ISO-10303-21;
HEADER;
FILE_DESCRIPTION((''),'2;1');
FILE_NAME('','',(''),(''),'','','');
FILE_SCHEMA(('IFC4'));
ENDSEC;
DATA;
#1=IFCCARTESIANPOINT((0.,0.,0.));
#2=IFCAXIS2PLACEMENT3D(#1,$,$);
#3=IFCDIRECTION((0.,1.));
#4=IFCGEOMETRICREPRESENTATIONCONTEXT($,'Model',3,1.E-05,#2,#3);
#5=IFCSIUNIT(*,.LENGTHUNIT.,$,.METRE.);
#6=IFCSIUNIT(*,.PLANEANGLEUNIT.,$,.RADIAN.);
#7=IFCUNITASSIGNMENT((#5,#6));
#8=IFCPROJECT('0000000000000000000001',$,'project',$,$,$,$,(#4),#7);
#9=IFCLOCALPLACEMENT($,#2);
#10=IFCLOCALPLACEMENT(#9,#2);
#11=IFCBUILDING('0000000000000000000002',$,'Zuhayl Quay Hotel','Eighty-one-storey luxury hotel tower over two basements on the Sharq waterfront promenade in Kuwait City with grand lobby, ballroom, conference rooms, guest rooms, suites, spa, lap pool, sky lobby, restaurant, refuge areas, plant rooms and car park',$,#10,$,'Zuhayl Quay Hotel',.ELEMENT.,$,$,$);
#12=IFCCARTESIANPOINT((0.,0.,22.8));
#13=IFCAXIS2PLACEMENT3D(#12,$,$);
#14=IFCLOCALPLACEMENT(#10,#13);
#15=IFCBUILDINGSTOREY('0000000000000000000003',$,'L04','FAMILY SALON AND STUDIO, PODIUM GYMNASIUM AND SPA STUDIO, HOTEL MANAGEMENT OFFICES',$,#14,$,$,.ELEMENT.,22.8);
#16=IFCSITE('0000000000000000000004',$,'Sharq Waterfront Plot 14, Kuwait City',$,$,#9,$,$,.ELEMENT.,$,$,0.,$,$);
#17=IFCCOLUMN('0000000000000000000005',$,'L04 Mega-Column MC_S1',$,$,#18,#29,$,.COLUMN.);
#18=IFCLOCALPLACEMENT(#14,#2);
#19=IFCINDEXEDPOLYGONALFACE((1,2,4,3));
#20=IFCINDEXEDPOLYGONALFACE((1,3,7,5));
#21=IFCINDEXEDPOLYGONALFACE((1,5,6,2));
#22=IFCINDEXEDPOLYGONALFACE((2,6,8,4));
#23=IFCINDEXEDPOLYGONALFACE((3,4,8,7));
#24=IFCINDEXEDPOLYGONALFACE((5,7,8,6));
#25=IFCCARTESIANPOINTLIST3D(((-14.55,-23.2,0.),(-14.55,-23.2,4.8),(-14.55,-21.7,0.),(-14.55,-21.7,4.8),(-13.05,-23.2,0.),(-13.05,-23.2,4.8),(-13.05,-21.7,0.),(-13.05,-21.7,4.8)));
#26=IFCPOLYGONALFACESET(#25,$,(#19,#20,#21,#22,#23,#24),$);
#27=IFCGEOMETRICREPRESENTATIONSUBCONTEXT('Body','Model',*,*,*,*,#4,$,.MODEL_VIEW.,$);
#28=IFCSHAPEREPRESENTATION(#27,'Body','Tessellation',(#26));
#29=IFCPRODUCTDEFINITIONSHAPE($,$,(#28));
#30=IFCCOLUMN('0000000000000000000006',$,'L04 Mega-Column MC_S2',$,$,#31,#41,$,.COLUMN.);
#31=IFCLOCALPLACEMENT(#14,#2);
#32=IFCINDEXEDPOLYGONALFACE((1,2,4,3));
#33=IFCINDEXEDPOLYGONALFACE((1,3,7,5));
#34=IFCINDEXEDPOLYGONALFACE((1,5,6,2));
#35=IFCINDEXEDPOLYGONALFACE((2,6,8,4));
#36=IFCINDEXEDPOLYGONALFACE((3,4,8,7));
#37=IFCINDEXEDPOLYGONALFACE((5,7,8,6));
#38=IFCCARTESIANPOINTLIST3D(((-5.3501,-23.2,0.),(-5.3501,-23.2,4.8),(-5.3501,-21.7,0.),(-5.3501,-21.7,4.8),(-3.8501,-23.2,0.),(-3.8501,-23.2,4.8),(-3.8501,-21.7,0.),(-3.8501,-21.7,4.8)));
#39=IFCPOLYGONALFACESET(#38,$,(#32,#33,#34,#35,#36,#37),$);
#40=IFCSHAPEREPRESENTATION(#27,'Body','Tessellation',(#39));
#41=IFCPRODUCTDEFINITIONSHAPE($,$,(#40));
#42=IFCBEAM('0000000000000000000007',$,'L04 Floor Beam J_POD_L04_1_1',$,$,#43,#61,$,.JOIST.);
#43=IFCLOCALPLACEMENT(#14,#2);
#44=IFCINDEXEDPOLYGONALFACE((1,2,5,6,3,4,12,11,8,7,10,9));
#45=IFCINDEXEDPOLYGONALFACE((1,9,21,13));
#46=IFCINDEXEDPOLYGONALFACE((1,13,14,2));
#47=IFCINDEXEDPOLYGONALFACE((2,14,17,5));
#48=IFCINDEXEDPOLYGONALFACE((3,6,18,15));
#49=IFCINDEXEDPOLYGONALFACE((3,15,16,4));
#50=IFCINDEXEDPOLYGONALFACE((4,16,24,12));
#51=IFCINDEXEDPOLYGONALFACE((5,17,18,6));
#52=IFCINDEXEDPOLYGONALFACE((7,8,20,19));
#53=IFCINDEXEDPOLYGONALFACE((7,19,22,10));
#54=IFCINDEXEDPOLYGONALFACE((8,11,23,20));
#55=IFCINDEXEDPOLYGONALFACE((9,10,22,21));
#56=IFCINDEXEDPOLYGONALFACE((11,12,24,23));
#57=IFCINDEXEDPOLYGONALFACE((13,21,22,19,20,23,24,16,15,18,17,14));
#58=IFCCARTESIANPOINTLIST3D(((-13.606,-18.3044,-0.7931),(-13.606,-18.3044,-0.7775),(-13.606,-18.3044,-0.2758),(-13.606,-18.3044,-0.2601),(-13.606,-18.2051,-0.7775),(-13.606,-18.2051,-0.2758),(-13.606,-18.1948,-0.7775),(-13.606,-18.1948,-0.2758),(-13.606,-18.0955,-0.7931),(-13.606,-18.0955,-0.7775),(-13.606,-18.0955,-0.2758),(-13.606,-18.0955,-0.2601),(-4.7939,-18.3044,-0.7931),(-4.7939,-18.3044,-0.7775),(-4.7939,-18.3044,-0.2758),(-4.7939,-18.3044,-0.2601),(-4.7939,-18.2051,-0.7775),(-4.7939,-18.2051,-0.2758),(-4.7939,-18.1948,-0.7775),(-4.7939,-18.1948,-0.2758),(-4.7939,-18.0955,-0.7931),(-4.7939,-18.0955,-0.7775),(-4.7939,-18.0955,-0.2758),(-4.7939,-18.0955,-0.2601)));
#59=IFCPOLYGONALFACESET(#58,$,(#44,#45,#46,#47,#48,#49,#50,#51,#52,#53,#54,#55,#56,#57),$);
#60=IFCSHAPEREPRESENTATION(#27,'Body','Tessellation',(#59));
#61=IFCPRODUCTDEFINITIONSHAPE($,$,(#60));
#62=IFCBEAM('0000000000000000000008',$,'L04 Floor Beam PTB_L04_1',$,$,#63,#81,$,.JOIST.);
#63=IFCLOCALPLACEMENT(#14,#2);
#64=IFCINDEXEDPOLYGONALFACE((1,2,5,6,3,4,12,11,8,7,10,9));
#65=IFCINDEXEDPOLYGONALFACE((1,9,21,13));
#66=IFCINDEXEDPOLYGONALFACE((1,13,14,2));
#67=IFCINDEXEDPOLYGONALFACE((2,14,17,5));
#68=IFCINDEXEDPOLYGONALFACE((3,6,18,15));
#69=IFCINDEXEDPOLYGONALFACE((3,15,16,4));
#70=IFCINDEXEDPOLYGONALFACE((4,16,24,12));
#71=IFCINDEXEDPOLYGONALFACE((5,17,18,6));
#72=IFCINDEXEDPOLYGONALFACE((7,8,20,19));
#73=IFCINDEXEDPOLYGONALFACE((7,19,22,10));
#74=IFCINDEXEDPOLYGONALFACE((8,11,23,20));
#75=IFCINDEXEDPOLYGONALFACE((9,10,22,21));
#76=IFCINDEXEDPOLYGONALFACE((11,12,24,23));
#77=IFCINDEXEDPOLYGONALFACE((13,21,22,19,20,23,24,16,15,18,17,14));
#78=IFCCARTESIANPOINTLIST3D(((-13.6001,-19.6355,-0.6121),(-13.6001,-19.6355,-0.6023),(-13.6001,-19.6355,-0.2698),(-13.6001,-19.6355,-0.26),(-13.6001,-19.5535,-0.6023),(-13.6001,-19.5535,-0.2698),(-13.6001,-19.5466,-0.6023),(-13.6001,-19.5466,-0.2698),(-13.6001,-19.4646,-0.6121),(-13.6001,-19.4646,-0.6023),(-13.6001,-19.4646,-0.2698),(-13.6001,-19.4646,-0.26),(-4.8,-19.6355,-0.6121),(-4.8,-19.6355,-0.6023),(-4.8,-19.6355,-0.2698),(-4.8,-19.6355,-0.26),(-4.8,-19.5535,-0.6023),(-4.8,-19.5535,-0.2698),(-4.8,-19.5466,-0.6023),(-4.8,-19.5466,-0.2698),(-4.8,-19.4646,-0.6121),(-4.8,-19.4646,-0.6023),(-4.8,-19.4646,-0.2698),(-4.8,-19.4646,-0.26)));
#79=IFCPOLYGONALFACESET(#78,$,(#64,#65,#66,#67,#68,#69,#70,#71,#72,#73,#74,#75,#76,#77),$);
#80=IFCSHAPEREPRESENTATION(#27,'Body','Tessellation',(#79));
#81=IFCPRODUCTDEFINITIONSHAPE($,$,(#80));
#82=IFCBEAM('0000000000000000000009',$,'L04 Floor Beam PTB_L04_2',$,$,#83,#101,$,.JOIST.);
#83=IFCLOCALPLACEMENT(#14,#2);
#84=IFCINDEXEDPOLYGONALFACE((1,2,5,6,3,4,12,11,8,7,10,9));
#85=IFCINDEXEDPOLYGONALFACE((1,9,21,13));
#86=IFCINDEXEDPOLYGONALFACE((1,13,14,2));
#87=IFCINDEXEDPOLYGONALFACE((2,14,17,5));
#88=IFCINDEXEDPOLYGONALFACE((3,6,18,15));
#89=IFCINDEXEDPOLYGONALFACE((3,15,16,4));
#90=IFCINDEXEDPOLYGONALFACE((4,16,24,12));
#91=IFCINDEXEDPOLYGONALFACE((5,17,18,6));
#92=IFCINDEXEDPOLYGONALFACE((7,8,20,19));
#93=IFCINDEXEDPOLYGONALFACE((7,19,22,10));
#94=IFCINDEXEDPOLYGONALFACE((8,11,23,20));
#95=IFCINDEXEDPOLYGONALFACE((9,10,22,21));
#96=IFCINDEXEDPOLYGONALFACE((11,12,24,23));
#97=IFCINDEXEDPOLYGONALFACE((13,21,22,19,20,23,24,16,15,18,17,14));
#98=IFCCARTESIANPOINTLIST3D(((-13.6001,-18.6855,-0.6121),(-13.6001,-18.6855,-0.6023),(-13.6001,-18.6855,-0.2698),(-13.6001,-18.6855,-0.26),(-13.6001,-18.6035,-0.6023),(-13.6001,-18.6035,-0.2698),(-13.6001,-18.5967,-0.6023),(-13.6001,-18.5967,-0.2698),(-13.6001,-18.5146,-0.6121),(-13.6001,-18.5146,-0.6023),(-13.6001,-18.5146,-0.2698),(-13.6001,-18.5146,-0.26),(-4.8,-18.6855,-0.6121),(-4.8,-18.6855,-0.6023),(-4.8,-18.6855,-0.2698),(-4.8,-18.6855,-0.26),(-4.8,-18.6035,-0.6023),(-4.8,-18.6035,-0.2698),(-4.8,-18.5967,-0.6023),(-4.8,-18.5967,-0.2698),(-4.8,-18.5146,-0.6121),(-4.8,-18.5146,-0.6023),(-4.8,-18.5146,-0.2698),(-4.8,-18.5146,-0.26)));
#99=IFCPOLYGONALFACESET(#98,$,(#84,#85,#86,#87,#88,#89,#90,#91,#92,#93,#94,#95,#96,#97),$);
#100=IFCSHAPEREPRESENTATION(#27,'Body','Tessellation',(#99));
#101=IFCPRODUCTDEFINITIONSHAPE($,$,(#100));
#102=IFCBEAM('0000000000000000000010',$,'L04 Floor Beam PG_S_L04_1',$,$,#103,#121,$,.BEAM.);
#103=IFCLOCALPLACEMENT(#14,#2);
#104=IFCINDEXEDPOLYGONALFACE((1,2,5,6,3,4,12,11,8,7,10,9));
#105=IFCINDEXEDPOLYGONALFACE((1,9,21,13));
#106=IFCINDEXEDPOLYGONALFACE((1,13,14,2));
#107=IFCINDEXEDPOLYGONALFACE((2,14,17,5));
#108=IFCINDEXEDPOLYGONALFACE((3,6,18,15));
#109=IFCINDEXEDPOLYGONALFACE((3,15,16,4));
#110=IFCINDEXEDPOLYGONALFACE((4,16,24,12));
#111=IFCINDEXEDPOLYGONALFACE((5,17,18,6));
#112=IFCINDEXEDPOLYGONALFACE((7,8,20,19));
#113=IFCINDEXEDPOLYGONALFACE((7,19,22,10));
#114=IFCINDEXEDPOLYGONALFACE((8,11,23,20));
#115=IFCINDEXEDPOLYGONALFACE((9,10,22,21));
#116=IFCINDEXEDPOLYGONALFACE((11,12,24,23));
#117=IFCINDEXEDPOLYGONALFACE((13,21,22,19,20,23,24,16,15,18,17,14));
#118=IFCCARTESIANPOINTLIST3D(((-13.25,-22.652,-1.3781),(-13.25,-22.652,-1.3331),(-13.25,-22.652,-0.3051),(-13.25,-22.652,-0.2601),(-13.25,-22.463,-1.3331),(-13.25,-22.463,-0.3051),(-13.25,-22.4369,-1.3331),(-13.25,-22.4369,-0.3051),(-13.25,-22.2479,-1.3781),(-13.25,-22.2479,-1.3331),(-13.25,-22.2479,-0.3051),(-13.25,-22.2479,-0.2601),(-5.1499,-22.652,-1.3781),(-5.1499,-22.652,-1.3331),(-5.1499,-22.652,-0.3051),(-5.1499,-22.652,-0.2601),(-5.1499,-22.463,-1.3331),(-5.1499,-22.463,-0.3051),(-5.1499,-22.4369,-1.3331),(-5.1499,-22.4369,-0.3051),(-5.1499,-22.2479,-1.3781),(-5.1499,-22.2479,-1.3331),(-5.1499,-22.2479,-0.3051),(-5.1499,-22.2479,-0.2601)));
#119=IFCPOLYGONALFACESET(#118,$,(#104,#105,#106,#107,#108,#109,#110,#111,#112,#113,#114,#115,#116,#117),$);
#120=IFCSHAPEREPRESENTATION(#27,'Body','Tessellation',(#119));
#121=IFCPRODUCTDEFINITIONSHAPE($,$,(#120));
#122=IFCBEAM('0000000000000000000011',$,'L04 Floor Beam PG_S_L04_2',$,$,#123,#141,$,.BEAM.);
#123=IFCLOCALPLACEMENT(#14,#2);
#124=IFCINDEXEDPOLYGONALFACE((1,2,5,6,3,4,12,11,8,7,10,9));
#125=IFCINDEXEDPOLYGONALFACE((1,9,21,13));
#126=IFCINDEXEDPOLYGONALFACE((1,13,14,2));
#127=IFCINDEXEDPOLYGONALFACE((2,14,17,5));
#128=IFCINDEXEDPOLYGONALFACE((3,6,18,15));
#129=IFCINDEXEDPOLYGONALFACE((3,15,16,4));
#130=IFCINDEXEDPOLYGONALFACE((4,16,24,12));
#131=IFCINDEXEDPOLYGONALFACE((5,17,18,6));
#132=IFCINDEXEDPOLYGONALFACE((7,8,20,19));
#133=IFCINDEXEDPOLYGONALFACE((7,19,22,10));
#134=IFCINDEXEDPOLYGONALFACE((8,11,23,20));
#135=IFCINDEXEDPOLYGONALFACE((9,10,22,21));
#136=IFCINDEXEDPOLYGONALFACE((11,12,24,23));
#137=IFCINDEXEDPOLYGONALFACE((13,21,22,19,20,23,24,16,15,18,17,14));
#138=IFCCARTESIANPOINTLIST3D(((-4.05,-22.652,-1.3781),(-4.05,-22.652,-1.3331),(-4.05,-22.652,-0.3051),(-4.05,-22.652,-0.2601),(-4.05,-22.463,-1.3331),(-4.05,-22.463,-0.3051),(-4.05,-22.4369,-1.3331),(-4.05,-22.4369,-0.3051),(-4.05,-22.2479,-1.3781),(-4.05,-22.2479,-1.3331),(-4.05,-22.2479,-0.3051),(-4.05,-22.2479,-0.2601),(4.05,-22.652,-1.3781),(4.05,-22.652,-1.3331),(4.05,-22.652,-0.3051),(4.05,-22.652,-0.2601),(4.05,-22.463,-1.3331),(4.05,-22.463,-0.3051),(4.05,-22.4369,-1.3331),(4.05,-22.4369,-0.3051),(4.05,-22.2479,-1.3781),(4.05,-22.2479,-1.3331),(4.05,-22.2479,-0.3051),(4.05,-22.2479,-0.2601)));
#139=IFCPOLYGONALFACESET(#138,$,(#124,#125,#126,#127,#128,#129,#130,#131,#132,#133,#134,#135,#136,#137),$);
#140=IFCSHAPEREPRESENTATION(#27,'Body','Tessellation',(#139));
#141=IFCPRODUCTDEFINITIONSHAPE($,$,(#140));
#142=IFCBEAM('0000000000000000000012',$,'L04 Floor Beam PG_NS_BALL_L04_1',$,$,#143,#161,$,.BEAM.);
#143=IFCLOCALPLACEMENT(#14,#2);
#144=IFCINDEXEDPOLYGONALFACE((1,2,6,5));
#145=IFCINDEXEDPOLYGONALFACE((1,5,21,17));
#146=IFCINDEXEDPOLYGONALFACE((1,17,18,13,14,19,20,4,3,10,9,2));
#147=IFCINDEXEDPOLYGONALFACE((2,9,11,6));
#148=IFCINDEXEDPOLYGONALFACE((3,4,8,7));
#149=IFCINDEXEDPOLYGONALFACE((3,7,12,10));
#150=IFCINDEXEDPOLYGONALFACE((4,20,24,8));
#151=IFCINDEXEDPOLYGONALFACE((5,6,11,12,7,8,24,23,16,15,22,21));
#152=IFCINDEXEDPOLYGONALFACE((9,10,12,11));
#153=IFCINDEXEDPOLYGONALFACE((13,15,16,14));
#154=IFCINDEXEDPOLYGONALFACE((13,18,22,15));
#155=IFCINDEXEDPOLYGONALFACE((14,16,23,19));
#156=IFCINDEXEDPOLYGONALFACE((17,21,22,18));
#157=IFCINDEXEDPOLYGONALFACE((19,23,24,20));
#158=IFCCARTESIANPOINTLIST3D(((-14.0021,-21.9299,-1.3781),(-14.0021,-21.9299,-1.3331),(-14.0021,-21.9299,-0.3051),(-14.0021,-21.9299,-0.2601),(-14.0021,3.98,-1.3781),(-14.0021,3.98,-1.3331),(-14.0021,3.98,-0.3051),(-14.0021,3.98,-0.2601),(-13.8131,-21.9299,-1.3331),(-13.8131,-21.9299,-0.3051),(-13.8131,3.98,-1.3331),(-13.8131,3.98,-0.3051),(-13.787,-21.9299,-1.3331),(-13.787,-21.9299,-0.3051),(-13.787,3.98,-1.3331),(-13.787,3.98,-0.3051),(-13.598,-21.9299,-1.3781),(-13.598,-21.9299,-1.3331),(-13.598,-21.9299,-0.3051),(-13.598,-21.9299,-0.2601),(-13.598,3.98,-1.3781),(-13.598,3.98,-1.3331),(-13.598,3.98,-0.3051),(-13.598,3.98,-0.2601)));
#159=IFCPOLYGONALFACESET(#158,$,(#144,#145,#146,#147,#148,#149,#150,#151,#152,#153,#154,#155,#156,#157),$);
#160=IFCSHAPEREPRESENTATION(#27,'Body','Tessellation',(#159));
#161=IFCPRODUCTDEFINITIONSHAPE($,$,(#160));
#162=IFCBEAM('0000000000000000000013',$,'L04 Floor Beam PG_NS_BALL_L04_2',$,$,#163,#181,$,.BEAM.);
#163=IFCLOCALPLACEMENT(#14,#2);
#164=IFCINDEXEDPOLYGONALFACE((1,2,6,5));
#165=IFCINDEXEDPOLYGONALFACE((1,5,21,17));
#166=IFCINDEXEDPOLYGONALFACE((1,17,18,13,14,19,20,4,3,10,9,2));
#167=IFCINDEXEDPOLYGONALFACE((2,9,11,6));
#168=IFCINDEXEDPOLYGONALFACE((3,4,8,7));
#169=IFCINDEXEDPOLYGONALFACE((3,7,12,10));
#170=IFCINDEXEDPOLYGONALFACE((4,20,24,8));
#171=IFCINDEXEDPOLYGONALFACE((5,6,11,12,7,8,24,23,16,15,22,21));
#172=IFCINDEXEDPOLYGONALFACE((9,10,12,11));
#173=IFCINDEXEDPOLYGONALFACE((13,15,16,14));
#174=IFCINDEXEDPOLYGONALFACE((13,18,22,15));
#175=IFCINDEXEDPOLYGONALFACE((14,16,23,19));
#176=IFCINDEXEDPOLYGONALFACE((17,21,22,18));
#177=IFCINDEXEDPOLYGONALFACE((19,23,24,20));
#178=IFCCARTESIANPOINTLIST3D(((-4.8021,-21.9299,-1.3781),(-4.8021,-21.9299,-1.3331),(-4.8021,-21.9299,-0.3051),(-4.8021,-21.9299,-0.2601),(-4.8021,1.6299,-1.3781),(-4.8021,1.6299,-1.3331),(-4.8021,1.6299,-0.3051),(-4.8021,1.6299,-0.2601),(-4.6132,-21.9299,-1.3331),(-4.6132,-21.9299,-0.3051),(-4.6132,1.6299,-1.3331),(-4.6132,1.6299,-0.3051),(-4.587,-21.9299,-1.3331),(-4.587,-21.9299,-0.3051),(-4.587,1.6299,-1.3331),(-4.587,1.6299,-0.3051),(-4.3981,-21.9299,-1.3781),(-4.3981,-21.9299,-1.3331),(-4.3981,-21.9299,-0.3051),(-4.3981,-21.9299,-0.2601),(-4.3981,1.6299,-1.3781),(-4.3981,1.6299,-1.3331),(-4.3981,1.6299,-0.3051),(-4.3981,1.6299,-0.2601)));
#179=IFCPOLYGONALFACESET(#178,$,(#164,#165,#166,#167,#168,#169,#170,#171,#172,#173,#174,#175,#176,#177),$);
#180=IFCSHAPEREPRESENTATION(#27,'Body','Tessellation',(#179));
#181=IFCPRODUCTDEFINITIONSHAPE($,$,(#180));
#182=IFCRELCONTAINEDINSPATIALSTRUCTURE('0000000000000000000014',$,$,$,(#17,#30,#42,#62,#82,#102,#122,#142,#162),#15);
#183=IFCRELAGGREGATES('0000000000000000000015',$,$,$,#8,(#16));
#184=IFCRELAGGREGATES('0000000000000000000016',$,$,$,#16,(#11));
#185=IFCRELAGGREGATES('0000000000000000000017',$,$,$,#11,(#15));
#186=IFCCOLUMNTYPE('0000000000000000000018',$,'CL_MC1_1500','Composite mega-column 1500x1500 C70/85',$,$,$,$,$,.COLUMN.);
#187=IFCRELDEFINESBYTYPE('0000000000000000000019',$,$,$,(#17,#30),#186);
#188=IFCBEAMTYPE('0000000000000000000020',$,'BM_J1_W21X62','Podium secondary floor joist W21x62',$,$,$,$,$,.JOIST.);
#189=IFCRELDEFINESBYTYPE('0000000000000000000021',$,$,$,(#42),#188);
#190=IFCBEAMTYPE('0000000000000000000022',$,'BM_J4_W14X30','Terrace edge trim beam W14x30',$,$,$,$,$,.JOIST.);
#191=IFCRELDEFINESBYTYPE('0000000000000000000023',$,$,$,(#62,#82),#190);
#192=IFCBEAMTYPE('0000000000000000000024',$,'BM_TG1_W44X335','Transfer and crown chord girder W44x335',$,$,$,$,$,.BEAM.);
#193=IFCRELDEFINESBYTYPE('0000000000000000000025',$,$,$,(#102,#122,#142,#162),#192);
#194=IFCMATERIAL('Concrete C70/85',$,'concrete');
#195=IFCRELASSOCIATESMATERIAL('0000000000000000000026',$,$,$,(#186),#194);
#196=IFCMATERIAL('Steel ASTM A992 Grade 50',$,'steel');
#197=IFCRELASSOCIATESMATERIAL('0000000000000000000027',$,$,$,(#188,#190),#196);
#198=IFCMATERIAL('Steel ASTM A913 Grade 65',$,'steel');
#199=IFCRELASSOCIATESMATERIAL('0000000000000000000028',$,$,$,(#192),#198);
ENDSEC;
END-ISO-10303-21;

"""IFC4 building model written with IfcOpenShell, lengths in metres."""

from ifc_helpers import new_model, si_unit, direction, frame, origin, origin_2d, place, context, subcontext, project, spatial, rectangle, i_section, extrude, material, material_profile, profile_set, type_object, element, save


model = new_model("IFC4")

# Units and contexts
model_context = context("Model", 3, precision=1e-05, world=origin(), true_north=direction((0.0, 1.0)))
body_context = subcontext(model_context, "Body", "Model", "MODEL_VIEW")
ifc_project = project(units=[si_unit("LENGTHUNIT", "METRE"), si_unit("PLANEANGLEUNIT", "RADIAN")], contexts=[model_context])

# Site, building, storey
site_placement = place(None, origin())
site = spatial("IfcSite", under=ifc_project, at=site_placement, Name="Sharq Waterfront Plot 14, Kuwait City", CompositionType="ELEMENT", RefElevation=0.0)
building_placement = place(site_placement, origin())
building = spatial("IfcBuilding", under=site, at=building_placement, Name="Zuhayl Quay Hotel", Description="Eighty-one-storey luxury hotel tower over two basements on the Sharq waterfront promenade in Kuwait City with grand lobby, ballroom, conference rooms, guest rooms, suites, spa, lap pool, sky lobby, restaurant, refuge areas, plant rooms and car park", LongName="Zuhayl Quay Hotel", CompositionType="ELEMENT")
storey_placement = place(building_placement, frame((0.0, 0.0, 22.8)))
storey = spatial("IfcBuildingStorey", under=building, at=storey_placement, Name="L04", Description="FAMILY SALON AND STUDIO, PODIUM GYMNASIUM AND SPA STUDIO, HOTEL MANAGEMENT OFFICES", CompositionType="ELEMENT", Elevation=22.8)

# Columns
ifc_material_1 = material(Name="Concrete C70/85", Category="concrete")
ifc_material_profile_1 = material_profile(ifc_material_1, rectangle(XDim=1.5, YDim=1.5, at=origin_2d()), Name="RC1500X1500")
ifc_profile_set_1 = profile_set([ifc_material_profile_1], Name="Concrete C70/85")
column_type = type_object("IfcColumnType", Name="CL_MC1_1500", Description="Composite mega-column 1500x1500 C70/85", PredefinedType="COLUMN", material=ifc_profile_set_1)
for number, where, z_axis, x_axis, name in (
    (1, (-13.8, -22.45, 0.0), (0.0, 0.0, 1.0), (1.0, 0.0, 0.0), "L04 Mega-Column MC_S1"),
    (2, (-4.6001, -22.45, 0.0), (0.0, 0.0, 1.0), (1.0, 0.0, 0.0), "L04 Mega-Column MC_S2"),
):
    element("IfcColumn", number, at=place(storey_placement, frame(where, z_axis=z_axis, x_axis=x_axis)), inside=storey, type_object=column_type, Name=name, PredefinedType="COLUMN", context=body_context, shape_type="SweptSolid", body=[
        extrude(rectangle(XDim=1.5, YDim=1.5, at=origin_2d()), origin(), (0.0, 0.0, 1.0), 4.8),
    ])

# Beams
ifc_material_2 = material(Name="Steel ASTM A992 Grade 50", Category="steel")
ifc_material_profile_2 = material_profile(ifc_material_2, i_section(OverallWidth=0.209, OverallDepth=0.533, WebThickness=0.0103, FlangeThickness=0.0156, at=origin_2d()), Name="W21X62")
ifc_profile_set_2 = profile_set([ifc_material_profile_2], Name="Steel ASTM A992 Grade 50")
beam_type_1 = type_object("IfcBeamType", Name="BM_J1_W21X62", Description="Podium secondary floor joist W21x62", PredefinedType="JOIST", material=ifc_profile_set_2)
beam_1_placement = place(storey_placement, frame((-13.606, -18.2, -0.5266), z_axis=(1.0, 0.0, 0.0), x_axis=(0.0, 1.0, 0.0)))
element("IfcBeam", 3, at=beam_1_placement, inside=storey, type_object=beam_type_1, Name="L04 Floor Beam J_POD_L04_1_1", PredefinedType="JOIST", context=body_context, shape_type="SweptSolid", body=[
    extrude(i_section(OverallWidth=0.209, OverallDepth=0.533, WebThickness=0.0103, FlangeThickness=0.0156, at=origin_2d()), origin(), (0.0, 0.0, 1.0), 8.812),
])
ifc_material_profile_3 = material_profile(ifc_material_2, i_section(OverallWidth=0.1709, OverallDepth=0.3521, WebThickness=0.0068, FlangeThickness=0.0098, at=origin_2d()), Name="W14X30")
ifc_profile_set_3 = profile_set([ifc_material_profile_3], Name="Steel ASTM A992 Grade 50")
beam_type_2 = type_object("IfcBeamType", Name="BM_J4_W14X30", Description="Terrace edge trim beam W14x30", PredefinedType="JOIST", material=ifc_profile_set_3)
for number, where, z_axis, x_axis, name in (
    (4, (-13.6001, -19.55, -0.436), (1.0, 0.0, 0.0), (0.0, 1.0, 0.0), "L04 Floor Beam PTB_L04_1"),
    (5, (-13.6001, -18.6001, -0.436), (1.0, 0.0, 0.0), (0.0, 1.0, 0.0), "L04 Floor Beam PTB_L04_2"),
):
    element("IfcBeam", number, at=place(storey_placement, frame(where, z_axis=z_axis, x_axis=x_axis)), inside=storey, type_object=beam_type_2, Name=name, PredefinedType="JOIST", context=body_context, shape_type="SweptSolid", body=[
        extrude(i_section(OverallWidth=0.1709, OverallDepth=0.3521, WebThickness=0.0068, FlangeThickness=0.0098, at=origin_2d()), origin(), (0.0, 0.0, 1.0), 8.8),
    ])
ifc_material_3 = material(Name="Steel ASTM A913 Grade 65", Category="steel")
ifc_material_profile_4 = material_profile(ifc_material_3, i_section(OverallWidth=0.4041, OverallDepth=1.1179, WebThickness=0.0261, FlangeThickness=0.0449, at=origin_2d()), Name="W44X335")
ifc_profile_set_4 = profile_set([ifc_material_profile_4], Name="Steel ASTM A913 Grade 65")
beam_type_3 = type_object("IfcBeamType", Name="BM_TG1_W44X335", Description="Transfer and crown chord girder W44x335", PredefinedType="BEAM", material=ifc_profile_set_4)
for number, where, z_axis, x_axis, name in (
    (6, (-13.25, -22.45, -0.8191), (1.0, 0.0, 0.0), (0.0, 1.0, 0.0), "L04 Floor Beam PG_S_L04_1"),
    (7, (-4.05, -22.45, -0.8191), (1.0, 0.0, 0.0), (0.0, 1.0, 0.0), "L04 Floor Beam PG_S_L04_2"),
):
    element("IfcBeam", number, at=place(storey_placement, frame(where, z_axis=z_axis, x_axis=x_axis)), inside=storey, type_object=beam_type_3, Name=name, PredefinedType="BEAM", context=body_context, shape_type="SweptSolid", body=[
        extrude(i_section(OverallWidth=0.4041, OverallDepth=1.1179, WebThickness=0.0261, FlangeThickness=0.0449, at=origin_2d()), origin(), (0.0, 0.0, 1.0), 8.1001),
    ])
beam_2_placement = place(storey_placement, frame((-13.8, -21.9299, -0.8191), z_axis=(0.0, 1.0, 0.0), x_axis=(-1.0, 0.0, 0.0)))
element("IfcBeam", 8, at=beam_2_placement, inside=storey, type_object=beam_type_3, Name="L04 Floor Beam PG_NS_BALL_L04_1", PredefinedType="BEAM", context=body_context, shape_type="SweptSolid", body=[
    extrude(i_section(OverallWidth=0.4041, OverallDepth=1.1179, WebThickness=0.0261, FlangeThickness=0.0449, at=origin_2d()), origin(), (0.0, 0.0, 1.0), 25.9099),
])
beam_3_placement = place(storey_placement, frame((-4.6001, -21.9299, -0.8191), z_axis=(0.0, 1.0, 0.0), x_axis=(-1.0, 0.0, 0.0)))
element("IfcBeam", 9, at=beam_3_placement, inside=storey, type_object=beam_type_3, Name="L04 Floor Beam PG_NS_BALL_L04_2", PredefinedType="BEAM", context=body_context, shape_type="SweptSolid", body=[
    extrude(i_section(OverallWidth=0.4041, OverallDepth=1.1179, WebThickness=0.0261, FlangeThickness=0.0449, at=origin_2d()), origin(), (0.0, 0.0, 1.0), 23.5598),
])

save(model, "model.ifc")
